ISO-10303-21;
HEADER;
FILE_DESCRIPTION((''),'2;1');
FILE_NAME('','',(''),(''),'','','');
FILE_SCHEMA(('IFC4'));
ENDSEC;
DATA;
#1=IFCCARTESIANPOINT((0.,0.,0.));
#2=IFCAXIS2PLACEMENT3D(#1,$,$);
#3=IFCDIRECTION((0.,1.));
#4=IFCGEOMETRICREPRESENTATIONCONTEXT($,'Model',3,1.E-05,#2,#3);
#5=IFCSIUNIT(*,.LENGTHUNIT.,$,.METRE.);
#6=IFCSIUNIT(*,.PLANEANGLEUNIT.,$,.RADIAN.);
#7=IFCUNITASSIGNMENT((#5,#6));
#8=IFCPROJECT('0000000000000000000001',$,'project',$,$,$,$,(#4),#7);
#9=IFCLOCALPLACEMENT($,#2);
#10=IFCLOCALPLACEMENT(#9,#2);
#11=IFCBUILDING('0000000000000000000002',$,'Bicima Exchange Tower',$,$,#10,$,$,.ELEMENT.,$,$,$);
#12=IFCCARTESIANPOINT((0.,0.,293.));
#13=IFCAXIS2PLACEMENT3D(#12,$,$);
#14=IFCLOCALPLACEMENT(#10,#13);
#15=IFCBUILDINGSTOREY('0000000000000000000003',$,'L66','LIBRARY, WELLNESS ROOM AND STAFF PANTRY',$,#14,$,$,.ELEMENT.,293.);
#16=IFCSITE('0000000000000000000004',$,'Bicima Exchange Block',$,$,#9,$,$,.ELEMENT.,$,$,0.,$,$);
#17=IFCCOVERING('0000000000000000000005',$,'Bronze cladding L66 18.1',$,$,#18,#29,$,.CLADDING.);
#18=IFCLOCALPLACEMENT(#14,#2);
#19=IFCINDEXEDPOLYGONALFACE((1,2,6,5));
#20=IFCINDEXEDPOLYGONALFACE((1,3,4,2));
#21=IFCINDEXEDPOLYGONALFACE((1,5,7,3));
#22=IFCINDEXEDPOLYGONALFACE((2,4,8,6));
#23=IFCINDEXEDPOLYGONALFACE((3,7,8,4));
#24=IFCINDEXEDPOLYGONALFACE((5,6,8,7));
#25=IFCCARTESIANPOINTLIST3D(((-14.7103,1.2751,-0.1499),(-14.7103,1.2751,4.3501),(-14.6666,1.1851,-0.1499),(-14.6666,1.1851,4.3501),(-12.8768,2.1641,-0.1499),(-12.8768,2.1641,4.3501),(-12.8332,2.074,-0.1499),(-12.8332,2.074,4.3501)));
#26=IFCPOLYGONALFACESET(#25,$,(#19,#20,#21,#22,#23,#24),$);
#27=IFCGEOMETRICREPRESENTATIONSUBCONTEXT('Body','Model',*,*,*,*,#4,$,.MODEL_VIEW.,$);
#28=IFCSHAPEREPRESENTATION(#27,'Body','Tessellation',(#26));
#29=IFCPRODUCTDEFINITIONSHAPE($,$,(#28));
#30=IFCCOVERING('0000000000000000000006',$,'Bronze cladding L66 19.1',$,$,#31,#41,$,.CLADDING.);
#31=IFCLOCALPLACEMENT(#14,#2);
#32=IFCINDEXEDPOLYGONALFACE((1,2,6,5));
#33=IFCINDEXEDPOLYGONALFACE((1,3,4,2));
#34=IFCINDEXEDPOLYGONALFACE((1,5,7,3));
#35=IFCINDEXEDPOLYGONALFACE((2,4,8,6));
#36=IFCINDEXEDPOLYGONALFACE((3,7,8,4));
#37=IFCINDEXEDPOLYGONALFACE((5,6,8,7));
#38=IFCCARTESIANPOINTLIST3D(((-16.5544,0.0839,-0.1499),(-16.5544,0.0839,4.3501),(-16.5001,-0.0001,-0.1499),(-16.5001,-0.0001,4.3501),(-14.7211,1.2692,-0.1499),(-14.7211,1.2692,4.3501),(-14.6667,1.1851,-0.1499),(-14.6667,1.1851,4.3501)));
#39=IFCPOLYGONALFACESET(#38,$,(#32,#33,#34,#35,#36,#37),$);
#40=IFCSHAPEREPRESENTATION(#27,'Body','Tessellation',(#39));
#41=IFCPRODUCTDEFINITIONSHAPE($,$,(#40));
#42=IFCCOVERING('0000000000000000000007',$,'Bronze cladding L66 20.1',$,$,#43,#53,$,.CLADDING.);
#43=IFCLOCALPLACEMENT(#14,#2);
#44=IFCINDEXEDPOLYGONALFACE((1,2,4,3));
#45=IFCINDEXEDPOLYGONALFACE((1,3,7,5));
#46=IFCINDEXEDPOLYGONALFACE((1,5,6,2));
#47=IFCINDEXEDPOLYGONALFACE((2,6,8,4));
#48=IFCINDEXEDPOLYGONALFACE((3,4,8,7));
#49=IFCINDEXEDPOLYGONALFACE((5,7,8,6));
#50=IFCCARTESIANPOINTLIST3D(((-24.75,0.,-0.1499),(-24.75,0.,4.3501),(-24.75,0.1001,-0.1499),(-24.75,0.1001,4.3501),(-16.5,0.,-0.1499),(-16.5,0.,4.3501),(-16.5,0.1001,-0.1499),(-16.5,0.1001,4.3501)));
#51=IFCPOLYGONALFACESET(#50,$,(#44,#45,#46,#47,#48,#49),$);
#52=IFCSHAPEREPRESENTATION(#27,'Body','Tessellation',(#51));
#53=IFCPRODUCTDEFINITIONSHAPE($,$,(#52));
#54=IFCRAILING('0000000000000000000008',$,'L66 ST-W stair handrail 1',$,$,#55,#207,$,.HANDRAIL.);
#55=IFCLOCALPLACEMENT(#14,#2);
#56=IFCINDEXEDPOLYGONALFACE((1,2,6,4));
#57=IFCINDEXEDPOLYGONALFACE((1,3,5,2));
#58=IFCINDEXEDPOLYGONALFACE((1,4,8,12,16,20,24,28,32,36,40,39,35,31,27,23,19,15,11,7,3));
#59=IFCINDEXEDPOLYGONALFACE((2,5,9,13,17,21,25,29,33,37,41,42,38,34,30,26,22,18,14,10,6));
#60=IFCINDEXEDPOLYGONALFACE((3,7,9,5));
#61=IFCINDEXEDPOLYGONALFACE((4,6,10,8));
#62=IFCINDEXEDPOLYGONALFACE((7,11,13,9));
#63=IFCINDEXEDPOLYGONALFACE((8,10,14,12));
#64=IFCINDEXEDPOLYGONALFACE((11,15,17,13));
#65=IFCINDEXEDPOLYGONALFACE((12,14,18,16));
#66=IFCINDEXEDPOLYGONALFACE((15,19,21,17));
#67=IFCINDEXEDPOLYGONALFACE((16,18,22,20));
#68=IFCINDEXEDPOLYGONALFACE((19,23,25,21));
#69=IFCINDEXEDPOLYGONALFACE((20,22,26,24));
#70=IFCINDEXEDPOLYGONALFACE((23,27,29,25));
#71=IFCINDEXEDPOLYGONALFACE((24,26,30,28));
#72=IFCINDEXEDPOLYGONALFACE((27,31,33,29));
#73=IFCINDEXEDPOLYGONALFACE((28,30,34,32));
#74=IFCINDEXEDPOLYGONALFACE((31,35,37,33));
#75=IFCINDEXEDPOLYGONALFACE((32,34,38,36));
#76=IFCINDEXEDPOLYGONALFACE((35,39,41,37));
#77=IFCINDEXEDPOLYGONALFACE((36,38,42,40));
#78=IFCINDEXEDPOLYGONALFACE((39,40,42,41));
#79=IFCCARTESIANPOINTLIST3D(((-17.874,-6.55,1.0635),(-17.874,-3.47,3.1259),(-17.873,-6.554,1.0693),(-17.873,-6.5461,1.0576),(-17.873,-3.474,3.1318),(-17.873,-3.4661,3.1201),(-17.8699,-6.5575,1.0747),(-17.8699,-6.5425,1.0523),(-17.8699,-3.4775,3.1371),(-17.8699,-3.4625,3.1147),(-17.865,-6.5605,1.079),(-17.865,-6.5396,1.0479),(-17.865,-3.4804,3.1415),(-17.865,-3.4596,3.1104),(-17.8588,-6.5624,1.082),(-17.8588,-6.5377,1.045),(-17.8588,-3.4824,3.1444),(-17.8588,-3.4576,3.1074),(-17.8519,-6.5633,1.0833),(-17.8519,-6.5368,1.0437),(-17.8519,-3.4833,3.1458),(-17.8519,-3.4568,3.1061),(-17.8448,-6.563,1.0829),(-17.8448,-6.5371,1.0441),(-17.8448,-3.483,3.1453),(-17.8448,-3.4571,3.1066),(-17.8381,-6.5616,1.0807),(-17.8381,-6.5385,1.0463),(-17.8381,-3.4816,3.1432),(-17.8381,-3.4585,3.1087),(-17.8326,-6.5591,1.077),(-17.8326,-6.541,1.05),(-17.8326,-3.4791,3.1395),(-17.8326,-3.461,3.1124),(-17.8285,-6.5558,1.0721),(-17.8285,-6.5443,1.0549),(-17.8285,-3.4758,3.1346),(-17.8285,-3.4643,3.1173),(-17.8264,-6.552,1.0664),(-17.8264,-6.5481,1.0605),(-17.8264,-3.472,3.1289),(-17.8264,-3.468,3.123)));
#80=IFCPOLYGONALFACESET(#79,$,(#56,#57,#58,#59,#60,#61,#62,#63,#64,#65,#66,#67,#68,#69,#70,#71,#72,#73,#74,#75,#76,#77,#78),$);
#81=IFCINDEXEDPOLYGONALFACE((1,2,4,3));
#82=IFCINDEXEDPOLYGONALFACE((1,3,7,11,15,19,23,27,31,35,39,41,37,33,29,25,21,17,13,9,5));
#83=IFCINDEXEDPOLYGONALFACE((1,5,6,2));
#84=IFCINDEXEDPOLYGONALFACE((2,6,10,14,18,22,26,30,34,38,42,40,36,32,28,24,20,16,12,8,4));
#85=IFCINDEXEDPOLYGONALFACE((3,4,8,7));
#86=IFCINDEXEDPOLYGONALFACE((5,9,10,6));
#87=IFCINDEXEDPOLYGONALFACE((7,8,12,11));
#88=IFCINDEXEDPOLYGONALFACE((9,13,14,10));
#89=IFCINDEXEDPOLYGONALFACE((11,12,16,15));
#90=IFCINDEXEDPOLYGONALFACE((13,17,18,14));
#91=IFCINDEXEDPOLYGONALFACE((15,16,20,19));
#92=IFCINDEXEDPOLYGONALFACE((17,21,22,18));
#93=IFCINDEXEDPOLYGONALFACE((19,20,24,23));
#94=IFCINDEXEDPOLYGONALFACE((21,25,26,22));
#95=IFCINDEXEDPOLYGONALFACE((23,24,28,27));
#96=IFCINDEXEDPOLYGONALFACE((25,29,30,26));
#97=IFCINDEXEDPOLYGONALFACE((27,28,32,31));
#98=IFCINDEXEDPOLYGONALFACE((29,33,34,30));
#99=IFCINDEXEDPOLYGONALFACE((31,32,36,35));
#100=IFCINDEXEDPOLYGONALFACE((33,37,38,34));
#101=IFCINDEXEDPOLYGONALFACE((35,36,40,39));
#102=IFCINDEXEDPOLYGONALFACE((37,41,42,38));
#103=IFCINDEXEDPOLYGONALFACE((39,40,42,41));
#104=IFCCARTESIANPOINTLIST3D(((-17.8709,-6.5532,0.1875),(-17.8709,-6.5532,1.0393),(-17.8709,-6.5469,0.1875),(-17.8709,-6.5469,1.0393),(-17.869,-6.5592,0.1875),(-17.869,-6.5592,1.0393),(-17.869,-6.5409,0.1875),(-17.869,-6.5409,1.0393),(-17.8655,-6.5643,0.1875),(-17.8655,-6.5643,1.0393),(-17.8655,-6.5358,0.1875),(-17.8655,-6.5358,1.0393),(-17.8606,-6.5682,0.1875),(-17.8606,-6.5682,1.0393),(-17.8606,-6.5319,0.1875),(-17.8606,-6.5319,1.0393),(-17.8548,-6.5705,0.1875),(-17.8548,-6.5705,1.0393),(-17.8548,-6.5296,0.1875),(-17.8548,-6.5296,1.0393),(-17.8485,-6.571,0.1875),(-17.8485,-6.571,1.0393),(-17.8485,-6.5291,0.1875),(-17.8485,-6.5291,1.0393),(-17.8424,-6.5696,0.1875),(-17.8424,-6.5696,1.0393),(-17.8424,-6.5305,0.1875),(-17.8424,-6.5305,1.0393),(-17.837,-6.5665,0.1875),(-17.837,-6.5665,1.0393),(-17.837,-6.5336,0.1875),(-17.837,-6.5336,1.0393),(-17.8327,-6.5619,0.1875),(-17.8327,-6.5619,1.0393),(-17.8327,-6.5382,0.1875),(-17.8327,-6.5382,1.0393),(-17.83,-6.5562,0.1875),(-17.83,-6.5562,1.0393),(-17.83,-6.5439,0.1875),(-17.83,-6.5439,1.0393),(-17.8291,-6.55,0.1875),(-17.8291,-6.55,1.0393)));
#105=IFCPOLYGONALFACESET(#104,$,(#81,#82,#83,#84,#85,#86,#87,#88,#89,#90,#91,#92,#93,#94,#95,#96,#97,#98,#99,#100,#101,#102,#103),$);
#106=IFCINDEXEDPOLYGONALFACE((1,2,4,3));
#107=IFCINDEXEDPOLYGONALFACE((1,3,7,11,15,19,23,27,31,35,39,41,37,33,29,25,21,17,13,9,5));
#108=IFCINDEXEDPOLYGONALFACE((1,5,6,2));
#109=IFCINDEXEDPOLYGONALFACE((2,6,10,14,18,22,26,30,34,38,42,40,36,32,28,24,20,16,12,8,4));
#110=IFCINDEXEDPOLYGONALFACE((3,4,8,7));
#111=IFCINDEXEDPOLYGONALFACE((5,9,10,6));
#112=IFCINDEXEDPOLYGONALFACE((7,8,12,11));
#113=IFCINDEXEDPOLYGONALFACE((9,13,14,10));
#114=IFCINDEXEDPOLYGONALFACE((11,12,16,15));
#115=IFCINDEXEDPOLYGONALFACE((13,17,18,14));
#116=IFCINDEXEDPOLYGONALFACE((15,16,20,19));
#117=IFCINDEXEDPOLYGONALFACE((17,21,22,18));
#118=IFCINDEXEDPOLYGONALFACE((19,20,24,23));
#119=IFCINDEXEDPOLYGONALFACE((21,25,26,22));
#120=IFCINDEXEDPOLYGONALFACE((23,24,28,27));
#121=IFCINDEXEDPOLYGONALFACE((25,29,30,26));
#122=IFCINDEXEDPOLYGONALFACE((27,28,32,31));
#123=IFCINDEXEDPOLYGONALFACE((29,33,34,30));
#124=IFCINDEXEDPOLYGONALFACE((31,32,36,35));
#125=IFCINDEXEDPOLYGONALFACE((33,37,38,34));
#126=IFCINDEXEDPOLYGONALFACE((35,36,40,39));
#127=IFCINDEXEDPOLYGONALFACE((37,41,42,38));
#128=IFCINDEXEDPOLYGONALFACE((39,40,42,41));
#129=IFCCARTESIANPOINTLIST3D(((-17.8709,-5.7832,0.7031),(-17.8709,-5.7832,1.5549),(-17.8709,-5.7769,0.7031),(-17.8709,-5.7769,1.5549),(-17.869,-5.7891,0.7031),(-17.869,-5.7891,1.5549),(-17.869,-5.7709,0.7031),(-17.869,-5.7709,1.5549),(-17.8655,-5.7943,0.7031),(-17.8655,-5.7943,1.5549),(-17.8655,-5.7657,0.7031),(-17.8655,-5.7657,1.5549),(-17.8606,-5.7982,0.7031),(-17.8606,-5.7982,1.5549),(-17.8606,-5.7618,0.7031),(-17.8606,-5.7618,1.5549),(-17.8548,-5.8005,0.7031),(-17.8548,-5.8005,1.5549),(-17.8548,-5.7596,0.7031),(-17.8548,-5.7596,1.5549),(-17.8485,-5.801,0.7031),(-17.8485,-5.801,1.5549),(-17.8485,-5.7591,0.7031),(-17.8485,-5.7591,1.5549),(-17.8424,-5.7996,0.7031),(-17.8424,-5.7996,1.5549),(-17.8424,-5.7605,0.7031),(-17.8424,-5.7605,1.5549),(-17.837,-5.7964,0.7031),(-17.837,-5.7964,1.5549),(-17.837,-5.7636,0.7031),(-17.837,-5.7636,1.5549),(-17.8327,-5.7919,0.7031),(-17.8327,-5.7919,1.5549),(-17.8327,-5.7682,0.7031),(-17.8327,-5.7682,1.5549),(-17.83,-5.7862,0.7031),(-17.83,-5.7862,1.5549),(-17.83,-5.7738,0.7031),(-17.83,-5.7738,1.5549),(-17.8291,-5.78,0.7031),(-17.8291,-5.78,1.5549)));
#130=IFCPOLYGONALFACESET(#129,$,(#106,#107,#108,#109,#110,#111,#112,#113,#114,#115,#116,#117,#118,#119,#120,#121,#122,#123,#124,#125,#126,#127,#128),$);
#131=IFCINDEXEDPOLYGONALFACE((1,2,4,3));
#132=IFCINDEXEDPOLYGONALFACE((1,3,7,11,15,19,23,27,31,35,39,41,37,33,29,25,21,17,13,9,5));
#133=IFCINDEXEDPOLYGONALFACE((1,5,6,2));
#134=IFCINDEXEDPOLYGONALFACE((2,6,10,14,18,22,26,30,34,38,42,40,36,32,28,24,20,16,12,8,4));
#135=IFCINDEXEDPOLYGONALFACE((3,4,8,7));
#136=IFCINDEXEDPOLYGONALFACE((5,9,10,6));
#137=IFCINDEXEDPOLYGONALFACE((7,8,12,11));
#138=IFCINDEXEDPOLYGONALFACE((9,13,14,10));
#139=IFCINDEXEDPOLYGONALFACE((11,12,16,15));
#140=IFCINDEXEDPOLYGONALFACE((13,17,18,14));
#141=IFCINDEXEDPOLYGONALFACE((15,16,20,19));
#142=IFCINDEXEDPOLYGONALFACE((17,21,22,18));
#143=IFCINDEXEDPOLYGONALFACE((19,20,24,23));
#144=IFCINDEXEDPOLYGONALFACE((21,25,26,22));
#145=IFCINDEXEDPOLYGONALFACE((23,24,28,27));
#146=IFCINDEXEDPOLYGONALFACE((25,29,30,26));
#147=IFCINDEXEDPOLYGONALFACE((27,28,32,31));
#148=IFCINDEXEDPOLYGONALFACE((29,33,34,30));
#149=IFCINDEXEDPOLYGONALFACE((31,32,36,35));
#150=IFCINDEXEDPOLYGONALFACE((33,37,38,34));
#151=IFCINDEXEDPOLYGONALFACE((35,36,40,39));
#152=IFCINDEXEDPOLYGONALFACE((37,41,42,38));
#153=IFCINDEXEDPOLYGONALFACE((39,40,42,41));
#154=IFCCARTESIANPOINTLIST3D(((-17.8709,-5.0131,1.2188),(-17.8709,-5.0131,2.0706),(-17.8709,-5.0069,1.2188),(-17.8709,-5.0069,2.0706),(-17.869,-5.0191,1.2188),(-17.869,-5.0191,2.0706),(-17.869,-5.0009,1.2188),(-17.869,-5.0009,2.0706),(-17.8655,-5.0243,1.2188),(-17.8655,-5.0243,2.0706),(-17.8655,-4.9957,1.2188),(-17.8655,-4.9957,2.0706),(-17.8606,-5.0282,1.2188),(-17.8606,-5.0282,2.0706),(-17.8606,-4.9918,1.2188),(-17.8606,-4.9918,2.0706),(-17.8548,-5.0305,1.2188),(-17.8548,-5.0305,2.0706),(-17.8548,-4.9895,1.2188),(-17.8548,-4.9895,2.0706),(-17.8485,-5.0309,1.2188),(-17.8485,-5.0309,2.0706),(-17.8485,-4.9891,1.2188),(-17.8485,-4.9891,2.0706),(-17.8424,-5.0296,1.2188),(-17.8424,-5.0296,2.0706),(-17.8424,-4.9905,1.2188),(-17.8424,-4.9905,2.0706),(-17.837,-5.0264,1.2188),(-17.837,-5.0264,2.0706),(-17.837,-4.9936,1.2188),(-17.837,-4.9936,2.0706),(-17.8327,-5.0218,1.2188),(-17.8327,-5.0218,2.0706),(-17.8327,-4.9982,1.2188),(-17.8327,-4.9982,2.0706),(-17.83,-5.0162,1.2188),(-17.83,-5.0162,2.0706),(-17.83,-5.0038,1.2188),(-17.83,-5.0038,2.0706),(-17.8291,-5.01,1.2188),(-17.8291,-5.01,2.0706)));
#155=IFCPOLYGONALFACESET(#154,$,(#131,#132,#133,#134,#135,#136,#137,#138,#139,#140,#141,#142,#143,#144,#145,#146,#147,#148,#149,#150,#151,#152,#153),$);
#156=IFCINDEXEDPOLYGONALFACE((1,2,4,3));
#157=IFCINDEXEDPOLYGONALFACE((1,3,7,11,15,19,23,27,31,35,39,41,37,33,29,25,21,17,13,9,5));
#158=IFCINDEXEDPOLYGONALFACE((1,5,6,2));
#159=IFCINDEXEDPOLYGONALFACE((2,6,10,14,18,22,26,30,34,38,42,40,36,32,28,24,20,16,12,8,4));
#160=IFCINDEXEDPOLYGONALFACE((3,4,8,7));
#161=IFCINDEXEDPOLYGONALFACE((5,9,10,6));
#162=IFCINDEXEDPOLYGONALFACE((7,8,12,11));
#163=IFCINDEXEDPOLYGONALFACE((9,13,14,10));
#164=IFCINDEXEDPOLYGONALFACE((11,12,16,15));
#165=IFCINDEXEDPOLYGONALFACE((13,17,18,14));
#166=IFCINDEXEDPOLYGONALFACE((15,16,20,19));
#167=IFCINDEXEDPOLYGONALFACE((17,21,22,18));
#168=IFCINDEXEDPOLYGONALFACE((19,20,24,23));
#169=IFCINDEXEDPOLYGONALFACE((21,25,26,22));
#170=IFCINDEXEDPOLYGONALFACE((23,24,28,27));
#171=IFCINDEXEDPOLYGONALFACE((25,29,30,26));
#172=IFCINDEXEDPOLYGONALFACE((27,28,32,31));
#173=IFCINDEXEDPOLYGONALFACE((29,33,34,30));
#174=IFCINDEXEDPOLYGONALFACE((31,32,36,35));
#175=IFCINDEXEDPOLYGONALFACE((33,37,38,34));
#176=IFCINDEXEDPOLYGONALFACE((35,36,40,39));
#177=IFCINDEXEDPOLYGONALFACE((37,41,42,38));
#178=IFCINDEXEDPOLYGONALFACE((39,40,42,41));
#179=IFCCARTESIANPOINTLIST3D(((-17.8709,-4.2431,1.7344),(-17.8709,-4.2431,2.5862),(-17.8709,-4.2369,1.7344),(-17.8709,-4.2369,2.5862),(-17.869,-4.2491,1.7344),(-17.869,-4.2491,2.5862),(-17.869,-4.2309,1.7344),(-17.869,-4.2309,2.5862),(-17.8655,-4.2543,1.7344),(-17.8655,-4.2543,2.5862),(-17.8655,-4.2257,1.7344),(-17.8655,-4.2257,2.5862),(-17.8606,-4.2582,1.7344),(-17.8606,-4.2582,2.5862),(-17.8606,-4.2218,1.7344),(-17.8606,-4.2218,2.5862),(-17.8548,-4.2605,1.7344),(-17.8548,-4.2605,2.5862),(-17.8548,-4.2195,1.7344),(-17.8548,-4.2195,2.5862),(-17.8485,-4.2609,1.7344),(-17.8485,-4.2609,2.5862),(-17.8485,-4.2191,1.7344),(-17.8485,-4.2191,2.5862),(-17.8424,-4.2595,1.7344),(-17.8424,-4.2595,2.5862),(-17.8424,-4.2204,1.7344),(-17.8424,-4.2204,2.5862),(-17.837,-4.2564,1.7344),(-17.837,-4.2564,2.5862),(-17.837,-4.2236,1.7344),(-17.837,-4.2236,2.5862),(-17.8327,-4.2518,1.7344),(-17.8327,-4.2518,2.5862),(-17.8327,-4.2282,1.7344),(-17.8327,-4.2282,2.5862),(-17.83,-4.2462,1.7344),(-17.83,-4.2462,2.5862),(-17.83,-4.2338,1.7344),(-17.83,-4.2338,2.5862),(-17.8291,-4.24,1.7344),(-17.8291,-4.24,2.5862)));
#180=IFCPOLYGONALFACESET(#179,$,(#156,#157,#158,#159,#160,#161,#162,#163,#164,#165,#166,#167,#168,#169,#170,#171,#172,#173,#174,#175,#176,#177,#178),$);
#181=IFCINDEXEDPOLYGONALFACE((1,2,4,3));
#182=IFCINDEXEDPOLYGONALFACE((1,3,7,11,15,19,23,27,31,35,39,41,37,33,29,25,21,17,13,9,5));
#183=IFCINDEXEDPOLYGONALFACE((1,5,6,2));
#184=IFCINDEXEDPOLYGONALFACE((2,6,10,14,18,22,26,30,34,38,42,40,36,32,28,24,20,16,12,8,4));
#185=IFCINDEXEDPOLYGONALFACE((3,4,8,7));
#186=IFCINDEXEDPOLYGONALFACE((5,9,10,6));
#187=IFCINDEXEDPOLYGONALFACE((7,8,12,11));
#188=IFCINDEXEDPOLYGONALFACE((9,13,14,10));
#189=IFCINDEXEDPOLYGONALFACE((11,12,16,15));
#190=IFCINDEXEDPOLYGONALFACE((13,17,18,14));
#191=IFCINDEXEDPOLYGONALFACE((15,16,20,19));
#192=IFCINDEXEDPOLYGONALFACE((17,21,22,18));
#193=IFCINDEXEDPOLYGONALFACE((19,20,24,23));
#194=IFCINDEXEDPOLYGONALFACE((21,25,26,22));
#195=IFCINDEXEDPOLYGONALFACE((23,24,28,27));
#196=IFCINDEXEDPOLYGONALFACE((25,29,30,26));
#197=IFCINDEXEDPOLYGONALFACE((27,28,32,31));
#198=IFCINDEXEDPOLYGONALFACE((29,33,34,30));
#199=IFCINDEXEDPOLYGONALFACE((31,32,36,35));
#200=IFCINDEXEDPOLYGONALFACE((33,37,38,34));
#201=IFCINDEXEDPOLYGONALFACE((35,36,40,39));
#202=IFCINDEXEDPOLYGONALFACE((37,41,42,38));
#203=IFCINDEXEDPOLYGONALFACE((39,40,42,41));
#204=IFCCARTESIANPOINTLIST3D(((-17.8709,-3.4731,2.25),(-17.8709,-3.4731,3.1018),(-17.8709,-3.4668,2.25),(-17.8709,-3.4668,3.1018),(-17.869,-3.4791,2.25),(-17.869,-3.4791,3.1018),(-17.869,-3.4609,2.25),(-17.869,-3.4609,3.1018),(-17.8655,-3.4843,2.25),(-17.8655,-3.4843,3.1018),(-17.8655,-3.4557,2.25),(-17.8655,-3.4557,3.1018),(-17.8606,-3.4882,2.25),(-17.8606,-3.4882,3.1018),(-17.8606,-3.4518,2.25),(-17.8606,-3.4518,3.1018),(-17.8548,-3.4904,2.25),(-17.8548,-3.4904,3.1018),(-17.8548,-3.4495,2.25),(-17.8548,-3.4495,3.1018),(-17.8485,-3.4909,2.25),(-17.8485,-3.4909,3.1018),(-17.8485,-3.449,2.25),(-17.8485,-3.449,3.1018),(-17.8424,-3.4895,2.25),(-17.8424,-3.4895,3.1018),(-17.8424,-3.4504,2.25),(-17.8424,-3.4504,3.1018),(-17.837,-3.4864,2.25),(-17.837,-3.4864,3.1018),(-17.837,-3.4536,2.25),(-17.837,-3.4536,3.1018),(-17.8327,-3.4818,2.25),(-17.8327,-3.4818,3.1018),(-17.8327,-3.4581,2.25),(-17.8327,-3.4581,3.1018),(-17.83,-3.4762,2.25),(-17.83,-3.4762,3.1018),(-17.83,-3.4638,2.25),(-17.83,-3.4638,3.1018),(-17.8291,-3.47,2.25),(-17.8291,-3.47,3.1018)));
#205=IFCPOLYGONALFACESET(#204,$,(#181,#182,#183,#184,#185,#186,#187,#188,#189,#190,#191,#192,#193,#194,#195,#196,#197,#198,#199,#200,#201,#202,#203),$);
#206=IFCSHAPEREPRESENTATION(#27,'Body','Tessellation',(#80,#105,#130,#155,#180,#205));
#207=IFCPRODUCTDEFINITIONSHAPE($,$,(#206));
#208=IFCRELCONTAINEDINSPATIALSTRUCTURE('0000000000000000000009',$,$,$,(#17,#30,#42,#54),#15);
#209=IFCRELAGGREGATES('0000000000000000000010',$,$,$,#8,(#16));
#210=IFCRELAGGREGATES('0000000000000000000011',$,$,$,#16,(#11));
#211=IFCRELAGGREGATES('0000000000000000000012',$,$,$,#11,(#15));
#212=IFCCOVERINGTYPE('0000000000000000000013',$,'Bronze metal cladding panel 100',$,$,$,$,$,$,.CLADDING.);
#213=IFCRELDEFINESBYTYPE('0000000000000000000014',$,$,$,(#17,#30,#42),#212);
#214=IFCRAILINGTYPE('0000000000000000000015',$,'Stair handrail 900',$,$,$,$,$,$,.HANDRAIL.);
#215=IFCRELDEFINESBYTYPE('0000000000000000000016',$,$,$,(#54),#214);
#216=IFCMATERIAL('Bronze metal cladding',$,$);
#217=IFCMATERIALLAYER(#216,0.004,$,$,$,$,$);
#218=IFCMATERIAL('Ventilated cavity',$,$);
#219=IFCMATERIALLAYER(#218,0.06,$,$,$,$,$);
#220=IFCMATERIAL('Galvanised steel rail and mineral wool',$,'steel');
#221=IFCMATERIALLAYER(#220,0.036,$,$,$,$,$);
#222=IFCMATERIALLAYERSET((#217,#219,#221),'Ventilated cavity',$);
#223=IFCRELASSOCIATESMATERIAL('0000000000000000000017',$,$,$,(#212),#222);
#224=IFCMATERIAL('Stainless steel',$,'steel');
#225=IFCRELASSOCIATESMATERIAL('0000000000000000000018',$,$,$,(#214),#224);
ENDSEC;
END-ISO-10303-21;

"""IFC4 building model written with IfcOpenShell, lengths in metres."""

from ifc_helpers import new_model, si_unit, direction, frame, origin, origin_2d, place, context, subcontext, project, spatial, rectangle, circle, extrude, material, layer, layer_set, type_object, element, save


model = new_model("IFC4")

# Units and contexts
model_context = context("Model", 3, precision=1e-05, world=origin(), true_north=direction((0.0, 1.0)))
body_context = subcontext(model_context, "Body", "Model", "MODEL_VIEW")
ifc_project = project(units=[si_unit("LENGTHUNIT", "METRE"), si_unit("PLANEANGLEUNIT", "RADIAN")], contexts=[model_context])

# Site, building, storey
site_placement = place(None, origin())
site = spatial("IfcSite", under=ifc_project, at=site_placement, Name="Bicima Exchange Block", CompositionType="ELEMENT", RefElevation=0.0)
building_placement = place(site_placement, origin())
building = spatial("IfcBuilding", under=site, at=building_placement, Name="Bicima Exchange Tower", CompositionType="ELEMENT")
storey_placement = place(building_placement, frame((0.0, 0.0, 293.0)))
storey = spatial("IfcBuildingStorey", under=building, at=storey_placement, Name="L66", Description="LIBRARY, WELLNESS ROOM AND STAFF PANTRY", CompositionType="ELEMENT", Elevation=293.0)

# Shared definitions
ifc_material_1 = material(Name="Stainless steel", Category="steel")

# Coverings
ifc_material_2 = material(Name="Bronze metal cladding")
ifc_layer_1 = layer(ifc_material_2, 0.004)
ifc_material_3 = material(Name="Ventilated cavity")
ifc_layer_2 = layer(ifc_material_3, 0.06)
ifc_material_4 = material(Name="Galvanised steel rail and mineral wool", Category="steel")
ifc_layer_3 = layer(ifc_material_4, 0.036)
ifc_layer_set_1 = layer_set([ifc_layer_1, ifc_layer_2, ifc_layer_3], Name="Ventilated cavity")
covering_type = type_object("IfcCoveringType", Name="Bronze metal cladding panel 100", PredefinedType="CLADDING", material=ifc_layer_set_1)
covering_1_placement = place(storey_placement, frame((-13.7717, 1.6746, -0.1499), z_axis=(0.0, 0.0, 1.0), x_axis=(-0.899818, -0.436265, 0.0)))
element("IfcCovering", 1, at=covering_1_placement, inside=storey, type_object=covering_type, Name="Bronze cladding L66 18.1", PredefinedType="CLADDING", context=body_context, shape_type="SweptSolid", body=[
    extrude(rectangle(XDim=2.0376, YDim=0.1001, at=origin_2d()), origin(), (0.0, 0.0, 1.0), 4.5),
])
covering_2_placement = place(storey_placement, frame((-15.6106, 0.6345, -0.1499), z_axis=(0.0, 0.0, 1.0), x_axis=(-0.83979, -0.542911, 0.0)))
element("IfcCovering", 2, at=covering_2_placement, inside=storey, type_object=covering_type, Name="Bronze cladding L66 19.1", PredefinedType="CLADDING", context=body_context, shape_type="SweptSolid", body=[
    extrude(rectangle(XDim=2.1831, YDim=0.1001, at=origin_2d()), origin(), (0.0, 0.0, 1.0), 4.5),
])
covering_3_placement = place(storey_placement, frame((-20.625, 0.05, -0.1499), z_axis=(0.0, 0.0, 1.0), x_axis=(-1.0, 0.0, 0.0)))
element("IfcCovering", 3, at=covering_3_placement, inside=storey, type_object=covering_type, Name="Bronze cladding L66 20.1", PredefinedType="CLADDING", context=body_context, shape_type="SweptSolid", body=[
    extrude(rectangle(XDim=8.25, YDim=0.1001, at=origin_2d()), origin(), (0.0, 0.0, 1.0), 4.5),
])

# Railing
railing_type_1 = type_object("IfcRailingType", Name="Stair handrail 900", PredefinedType="HANDRAIL", material=ifc_material_1)
railing_1_placement = place(storey_placement, frame((-17.8501, -6.55, 0.1875)))
element("IfcRailing", 4, at=railing_1_placement, inside=storey, type_object=railing_type_1, Name="L66 ST-W stair handrail 1", PredefinedType="HANDRAIL", context=body_context, shape_type="SweptSolid", body=[
    extrude(circle(Radius=0.0239, at=origin_2d()), frame((0.0, 0.0, 0.876), z_axis=(0.0, 0.830914, 0.556401), x_axis=(-1.0, 0.0, 0.0)), (0.0, 0.0, 1.0), 3.7068),
    extrude(circle(Radius=0.021, at=origin_2d()), origin(), (0.0, 0.0, 1.0), 0.8518),
    extrude(circle(Radius=0.021, at=origin_2d()), frame((0.0, 0.77, 0.5156)), (0.0, 0.0, 1.0), 0.8518),
    extrude(circle(Radius=0.021, at=origin_2d()), frame((0.0, 1.54, 1.0312)), (0.0, 0.0, 1.0), 0.8518),
    extrude(circle(Radius=0.021, at=origin_2d()), frame((0.0, 2.3101, 1.5469)), (0.0, 0.0, 1.0), 0.8518),
    extrude(circle(Radius=0.021, at=origin_2d()), frame((0.0, 3.0801, 2.0625)), (0.0, 0.0, 1.0), 0.8518),
])

save(model, "model.ifc")
